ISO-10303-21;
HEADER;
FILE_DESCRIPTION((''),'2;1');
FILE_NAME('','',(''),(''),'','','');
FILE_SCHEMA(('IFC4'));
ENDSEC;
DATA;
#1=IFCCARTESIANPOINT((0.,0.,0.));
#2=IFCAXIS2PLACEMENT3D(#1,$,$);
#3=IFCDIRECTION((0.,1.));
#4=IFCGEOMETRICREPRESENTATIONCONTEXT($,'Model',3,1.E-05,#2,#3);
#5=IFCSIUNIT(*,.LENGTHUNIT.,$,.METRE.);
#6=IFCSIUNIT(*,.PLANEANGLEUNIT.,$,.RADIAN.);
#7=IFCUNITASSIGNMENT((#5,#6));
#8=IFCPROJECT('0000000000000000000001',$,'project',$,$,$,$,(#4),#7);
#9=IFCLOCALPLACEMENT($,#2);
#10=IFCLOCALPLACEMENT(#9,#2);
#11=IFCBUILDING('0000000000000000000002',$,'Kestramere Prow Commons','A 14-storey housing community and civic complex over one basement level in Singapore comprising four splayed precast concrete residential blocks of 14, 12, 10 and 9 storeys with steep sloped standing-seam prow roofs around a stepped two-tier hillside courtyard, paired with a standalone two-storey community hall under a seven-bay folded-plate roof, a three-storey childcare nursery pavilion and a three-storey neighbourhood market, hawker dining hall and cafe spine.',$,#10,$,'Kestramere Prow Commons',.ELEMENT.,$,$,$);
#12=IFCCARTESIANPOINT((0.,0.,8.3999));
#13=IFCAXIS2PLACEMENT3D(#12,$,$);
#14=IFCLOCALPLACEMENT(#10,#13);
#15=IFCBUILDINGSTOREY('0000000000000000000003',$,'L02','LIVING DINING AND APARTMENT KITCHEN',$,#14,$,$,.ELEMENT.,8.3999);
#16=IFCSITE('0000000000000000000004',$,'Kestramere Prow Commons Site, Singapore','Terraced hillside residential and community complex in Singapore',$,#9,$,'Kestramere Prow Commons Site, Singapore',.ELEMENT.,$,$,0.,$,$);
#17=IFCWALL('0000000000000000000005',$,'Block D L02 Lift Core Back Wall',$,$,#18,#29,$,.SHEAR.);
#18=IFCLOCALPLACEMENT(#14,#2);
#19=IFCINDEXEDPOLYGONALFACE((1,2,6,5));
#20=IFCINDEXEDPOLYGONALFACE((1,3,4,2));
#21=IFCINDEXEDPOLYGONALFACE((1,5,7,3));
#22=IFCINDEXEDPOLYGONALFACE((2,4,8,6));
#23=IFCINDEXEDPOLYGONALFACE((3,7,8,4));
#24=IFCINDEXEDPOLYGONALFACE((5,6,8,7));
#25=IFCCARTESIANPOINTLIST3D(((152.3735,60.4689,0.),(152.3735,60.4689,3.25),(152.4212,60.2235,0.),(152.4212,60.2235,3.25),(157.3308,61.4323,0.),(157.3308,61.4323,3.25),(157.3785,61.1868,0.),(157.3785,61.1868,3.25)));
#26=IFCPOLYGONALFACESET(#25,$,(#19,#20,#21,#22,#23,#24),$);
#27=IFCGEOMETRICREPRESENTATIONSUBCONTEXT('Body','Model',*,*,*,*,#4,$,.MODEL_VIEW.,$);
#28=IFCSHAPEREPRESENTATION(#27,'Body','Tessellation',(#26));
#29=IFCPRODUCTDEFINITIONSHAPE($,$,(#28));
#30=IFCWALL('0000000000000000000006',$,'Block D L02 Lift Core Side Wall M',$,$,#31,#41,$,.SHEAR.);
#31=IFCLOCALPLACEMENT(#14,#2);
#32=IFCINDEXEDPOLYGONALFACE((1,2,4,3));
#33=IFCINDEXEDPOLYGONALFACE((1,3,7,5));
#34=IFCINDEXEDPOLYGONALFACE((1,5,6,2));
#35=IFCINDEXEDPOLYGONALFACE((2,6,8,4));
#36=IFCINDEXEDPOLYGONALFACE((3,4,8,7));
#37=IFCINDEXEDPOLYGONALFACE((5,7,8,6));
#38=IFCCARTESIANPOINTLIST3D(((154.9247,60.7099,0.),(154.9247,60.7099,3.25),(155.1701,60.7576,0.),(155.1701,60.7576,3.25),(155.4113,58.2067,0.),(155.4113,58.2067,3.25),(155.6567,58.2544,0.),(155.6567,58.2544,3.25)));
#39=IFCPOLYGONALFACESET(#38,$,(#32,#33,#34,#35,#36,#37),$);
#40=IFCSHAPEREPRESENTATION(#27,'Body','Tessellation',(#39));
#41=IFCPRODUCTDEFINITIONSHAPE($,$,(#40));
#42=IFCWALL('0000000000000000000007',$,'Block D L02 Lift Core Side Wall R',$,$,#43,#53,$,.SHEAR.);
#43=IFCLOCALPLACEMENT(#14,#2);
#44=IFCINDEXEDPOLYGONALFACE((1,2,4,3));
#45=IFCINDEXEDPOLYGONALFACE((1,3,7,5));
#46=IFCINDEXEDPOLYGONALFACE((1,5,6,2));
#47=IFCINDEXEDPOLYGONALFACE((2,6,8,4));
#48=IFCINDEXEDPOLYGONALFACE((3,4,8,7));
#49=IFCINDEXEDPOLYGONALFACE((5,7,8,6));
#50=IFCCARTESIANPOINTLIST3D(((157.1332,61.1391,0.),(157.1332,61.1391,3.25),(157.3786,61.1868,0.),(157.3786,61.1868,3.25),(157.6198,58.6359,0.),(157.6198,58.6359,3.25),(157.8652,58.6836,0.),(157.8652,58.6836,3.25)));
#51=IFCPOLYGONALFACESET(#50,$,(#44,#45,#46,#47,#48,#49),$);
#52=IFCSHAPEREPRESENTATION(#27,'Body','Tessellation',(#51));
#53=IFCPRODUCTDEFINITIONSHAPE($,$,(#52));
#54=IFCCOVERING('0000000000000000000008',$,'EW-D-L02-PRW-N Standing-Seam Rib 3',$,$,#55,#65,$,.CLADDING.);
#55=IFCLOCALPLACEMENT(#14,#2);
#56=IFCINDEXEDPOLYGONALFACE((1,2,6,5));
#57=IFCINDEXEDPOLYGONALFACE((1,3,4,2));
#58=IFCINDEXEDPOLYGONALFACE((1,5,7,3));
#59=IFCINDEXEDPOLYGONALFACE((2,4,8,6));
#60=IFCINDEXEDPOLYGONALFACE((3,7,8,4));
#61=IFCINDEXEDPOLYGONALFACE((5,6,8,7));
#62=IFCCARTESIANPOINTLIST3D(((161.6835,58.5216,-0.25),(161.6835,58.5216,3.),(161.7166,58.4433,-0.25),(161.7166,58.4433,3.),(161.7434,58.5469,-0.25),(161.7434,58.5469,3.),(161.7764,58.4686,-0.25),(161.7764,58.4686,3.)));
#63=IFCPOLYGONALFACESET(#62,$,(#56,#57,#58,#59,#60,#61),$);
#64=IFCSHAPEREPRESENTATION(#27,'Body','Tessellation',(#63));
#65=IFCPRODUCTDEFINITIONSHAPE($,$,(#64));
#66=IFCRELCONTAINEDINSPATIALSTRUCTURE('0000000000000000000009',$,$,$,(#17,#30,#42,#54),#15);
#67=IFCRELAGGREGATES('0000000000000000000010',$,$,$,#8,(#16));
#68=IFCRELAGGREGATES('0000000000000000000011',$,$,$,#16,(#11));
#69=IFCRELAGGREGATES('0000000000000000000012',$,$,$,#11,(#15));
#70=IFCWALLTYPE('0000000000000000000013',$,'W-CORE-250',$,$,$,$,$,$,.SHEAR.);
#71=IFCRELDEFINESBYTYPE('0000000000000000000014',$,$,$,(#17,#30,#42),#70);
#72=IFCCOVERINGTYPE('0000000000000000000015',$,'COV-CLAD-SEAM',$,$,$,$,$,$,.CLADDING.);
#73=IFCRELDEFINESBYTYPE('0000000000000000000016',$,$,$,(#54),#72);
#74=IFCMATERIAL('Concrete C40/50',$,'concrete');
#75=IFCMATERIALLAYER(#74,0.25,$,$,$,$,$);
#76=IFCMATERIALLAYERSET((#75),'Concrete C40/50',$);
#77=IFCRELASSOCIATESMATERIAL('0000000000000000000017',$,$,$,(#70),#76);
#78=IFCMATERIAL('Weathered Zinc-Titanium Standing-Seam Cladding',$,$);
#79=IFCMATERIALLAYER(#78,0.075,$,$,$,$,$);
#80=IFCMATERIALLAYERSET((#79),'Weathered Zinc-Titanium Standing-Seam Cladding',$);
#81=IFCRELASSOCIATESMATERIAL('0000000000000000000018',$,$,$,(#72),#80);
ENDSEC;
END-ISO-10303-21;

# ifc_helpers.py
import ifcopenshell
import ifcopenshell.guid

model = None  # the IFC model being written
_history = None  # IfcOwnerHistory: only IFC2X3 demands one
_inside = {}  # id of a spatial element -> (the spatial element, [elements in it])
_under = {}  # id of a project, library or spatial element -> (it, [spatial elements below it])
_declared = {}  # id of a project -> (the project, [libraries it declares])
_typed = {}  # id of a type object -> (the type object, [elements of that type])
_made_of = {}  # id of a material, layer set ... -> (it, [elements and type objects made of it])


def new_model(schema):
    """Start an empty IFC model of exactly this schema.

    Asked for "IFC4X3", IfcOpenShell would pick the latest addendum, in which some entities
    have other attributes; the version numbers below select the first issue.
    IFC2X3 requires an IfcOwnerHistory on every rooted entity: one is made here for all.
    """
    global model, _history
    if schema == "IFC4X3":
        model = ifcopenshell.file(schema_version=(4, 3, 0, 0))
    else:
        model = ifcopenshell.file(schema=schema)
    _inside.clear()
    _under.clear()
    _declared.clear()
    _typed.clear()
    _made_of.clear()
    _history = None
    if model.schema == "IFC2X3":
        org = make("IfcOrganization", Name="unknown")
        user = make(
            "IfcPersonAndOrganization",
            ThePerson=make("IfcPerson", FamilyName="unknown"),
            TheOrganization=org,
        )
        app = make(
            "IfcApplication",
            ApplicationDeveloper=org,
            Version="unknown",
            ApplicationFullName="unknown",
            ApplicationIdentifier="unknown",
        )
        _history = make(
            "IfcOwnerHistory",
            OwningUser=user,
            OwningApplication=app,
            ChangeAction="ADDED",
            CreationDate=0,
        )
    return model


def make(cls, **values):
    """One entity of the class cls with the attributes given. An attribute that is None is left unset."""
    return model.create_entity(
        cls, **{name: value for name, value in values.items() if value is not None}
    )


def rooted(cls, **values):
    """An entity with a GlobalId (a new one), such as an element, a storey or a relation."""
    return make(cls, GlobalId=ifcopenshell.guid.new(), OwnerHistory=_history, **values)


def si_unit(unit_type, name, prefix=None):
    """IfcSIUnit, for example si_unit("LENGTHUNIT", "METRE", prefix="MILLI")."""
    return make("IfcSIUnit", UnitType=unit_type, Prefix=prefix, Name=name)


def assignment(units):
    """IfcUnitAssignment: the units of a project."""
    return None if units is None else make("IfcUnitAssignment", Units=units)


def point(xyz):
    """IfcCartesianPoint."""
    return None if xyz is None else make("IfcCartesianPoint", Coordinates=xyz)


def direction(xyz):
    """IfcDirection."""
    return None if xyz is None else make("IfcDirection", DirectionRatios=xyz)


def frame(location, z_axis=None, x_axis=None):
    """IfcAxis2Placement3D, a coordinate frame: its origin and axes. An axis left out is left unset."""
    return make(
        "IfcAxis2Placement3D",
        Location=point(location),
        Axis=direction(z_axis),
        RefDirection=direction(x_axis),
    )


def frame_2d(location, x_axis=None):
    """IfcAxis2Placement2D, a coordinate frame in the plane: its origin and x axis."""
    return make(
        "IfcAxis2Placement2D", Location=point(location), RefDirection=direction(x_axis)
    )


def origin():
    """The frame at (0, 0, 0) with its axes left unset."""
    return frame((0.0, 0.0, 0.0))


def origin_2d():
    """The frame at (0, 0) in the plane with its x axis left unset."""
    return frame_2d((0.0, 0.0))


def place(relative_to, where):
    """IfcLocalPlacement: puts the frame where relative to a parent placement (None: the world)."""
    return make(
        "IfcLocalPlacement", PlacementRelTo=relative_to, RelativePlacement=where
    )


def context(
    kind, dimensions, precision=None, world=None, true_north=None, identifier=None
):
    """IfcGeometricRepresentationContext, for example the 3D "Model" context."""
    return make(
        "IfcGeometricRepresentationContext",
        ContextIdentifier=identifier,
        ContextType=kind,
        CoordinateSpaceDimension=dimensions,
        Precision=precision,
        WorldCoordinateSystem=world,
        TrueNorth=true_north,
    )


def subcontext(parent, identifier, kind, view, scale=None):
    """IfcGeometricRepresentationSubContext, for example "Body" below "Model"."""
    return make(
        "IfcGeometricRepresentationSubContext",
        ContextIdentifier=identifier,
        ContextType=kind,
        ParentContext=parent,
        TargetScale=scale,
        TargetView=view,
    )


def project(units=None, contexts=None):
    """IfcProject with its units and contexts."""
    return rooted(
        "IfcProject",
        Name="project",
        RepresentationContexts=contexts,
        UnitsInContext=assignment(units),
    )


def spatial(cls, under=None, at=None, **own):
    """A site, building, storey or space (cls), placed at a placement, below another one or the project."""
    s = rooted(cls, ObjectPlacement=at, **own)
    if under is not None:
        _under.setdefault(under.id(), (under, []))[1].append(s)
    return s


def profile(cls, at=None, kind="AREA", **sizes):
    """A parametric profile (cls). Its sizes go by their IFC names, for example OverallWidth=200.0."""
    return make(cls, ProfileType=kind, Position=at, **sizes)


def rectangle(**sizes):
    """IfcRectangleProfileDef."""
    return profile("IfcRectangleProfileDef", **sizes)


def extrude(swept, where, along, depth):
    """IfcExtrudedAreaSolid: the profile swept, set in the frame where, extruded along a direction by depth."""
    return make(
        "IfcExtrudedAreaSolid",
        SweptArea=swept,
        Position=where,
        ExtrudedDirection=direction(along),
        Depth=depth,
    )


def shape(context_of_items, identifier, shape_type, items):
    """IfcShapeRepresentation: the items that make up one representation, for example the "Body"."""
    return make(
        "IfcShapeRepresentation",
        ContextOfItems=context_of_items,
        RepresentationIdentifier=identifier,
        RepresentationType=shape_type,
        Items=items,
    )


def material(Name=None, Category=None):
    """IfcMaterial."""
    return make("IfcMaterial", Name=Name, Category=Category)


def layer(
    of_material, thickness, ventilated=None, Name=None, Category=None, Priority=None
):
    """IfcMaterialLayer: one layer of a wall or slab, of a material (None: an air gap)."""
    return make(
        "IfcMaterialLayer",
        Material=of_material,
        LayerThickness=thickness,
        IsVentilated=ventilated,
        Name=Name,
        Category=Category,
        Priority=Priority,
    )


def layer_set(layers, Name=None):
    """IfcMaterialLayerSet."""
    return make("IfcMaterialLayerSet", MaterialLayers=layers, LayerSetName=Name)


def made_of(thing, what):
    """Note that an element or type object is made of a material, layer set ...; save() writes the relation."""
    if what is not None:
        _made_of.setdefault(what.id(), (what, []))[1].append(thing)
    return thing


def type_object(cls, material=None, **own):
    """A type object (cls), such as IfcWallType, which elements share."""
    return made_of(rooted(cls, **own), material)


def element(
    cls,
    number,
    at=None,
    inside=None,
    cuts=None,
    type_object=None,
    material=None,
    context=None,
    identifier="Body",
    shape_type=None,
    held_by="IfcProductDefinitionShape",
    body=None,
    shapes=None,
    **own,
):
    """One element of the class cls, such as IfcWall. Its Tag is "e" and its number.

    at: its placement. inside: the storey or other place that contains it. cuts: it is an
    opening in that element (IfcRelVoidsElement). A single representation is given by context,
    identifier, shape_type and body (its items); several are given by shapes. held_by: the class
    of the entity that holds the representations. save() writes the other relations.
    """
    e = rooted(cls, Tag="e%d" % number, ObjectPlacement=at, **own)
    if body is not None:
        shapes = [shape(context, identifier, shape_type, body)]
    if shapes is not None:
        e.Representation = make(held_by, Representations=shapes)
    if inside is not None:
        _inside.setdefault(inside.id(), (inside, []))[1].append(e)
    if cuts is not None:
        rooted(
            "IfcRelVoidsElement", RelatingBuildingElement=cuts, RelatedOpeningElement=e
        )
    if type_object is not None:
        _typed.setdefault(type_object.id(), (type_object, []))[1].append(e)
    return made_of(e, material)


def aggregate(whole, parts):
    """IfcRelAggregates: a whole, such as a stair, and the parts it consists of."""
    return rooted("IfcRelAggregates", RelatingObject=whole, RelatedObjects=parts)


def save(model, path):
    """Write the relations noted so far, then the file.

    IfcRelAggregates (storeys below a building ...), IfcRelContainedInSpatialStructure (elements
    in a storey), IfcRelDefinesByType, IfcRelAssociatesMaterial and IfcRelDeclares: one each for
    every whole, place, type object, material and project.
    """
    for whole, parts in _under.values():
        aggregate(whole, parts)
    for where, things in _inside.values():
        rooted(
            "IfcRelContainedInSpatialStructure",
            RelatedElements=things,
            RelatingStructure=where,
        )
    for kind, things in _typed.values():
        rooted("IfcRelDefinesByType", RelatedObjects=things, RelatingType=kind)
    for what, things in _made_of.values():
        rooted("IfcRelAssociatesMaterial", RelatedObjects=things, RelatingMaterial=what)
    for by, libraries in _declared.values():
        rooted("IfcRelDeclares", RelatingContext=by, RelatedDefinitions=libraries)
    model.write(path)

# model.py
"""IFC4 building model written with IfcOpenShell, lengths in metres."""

from ifc_helpers import new_model, si_unit, direction, frame, frame_2d, origin, origin_2d, place, context, subcontext, project, spatial, rectangle, extrude, material, layer, layer_set, type_object, element, save


model = new_model("IFC4")

# Units and contexts
model_context = context("Model", 3, precision=1e-05, world=origin(), true_north=direction((0.0, 1.0)))
body_context = subcontext(model_context, "Body", "Model", "MODEL_VIEW")
ifc_project = project(units=[si_unit("LENGTHUNIT", "METRE"), si_unit("PLANEANGLEUNIT", "RADIAN")], contexts=[model_context])

# Site, building, storey
site_placement = place(None, origin())
site = spatial("IfcSite", under=ifc_project, at=site_placement, Name="Kestramere Prow Commons Site, Singapore", Description="Terraced hillside residential and community complex in Singapore", LongName="Kestramere Prow Commons Site, Singapore", CompositionType="ELEMENT", RefElevation=0.0)
building_placement = place(site_placement, origin())
building = spatial("IfcBuilding", under=site, at=building_placement, Name="Kestramere Prow Commons", Description="A 14-storey housing community and civic complex over one basement level in Singapore comprising four splayed precast concrete residential blocks of 14, 12, 10 and 9 storeys with steep sloped standing-seam prow roofs around a stepped two-tier hillside courtyard, paired with a standalone two-storey community hall under a seven-bay folded-plate roof, a three-storey childcare nursery pavilion and a three-storey neighbourhood market, hawker dining hall and cafe spine.", LongName="Kestramere Prow Commons", CompositionType="ELEMENT")
storey_placement = place(building_placement, frame((0.0, 0.0, 8.3999)))
storey = spatial("IfcBuildingStorey", under=building, at=storey_placement, Name="L02", Description="LIVING DINING AND APARTMENT KITCHEN", CompositionType="ELEMENT", Elevation=8.3999)

# Wall
ifc_material_1 = material(Name="Concrete C40/50", Category="concrete")
ifc_layer_1 = layer(ifc_material_1, 0.25)
ifc_layer_set_1 = layer_set([ifc_layer_1], Name="Concrete C40/50")
wall_type = type_object("IfcWallType", Name="W-CORE-250", PredefinedType="SHEAR", material=ifc_layer_set_1)
wall_1_placement = place(storey_placement, frame((152.3975, 60.3462, 0.0), z_axis=(0.0, 0.0, 1.0), x_axis=(0.981635, 0.190767, 0.0)))
element("IfcWall", 1, at=wall_1_placement, inside=storey, type_object=wall_type, Name="Block D L02 Lift Core Back Wall", PredefinedType="SHEAR", context=body_context, shape_type="SweptSolid", body=[
    extrude(rectangle(XDim=5.05, YDim=0.25, at=frame_2d((2.5249, 0.0))), origin(), (0.0, 0.0, 1.0), 3.25),
])

# Walls
for number, where, z_axis, x_axis, name in (
    (2, (155.5339, 58.2307, 0.0), (0.0, 0.0, 1.0), (-0.190811, 0.981627, 0.0), "Block D L02 Lift Core Side Wall M"),
    (3, (157.7424, 58.6599, 0.0), (0.0, 0.0, 1.0), (-0.190811, 0.981627, 0.0), "Block D L02 Lift Core Side Wall R"),
):
    element("IfcWall", number, at=place(storey_placement, frame(where, z_axis=z_axis, x_axis=x_axis)), inside=storey, type_object=wall_type, Name=name, PredefinedType="SHEAR", context=body_context, shape_type="SweptSolid", body=[
        extrude(rectangle(XDim=2.55, YDim=0.25, at=frame_2d((1.2749, 0.0))), origin(), (0.0, 0.0, 1.0), 3.25),
    ])

# Covering
ifc_material_2 = material(Name="Weathered Zinc-Titanium Standing-Seam Cladding")
ifc_layer_2 = layer(ifc_material_2, 0.075)
ifc_layer_set_2 = layer_set([ifc_layer_2], Name="Weathered Zinc-Titanium Standing-Seam Cladding")
covering_type = type_object("IfcCoveringType", Name="COV-CLAD-SEAM", PredefinedType="CLADDING", material=ifc_layer_set_2)
covering_placement = place(storey_placement, frame((161.73, 58.4951, -0.25), z_axis=(0.0, 0.0, 1.0), x_axis=(0.38922, -0.921145, 0.0)))
element("IfcCovering", 4, at=covering_placement, inside=storey, type_object=covering_type, Name="EW-D-L02-PRW-N Standing-Seam Rib 3", PredefinedType="CLADDING", context=body_context, shape_type="SweptSolid", body=[
    extrude(rectangle(XDim=0.085, YDim=0.0649, at=origin_2d()), origin(), (0.0, 0.0, 1.0), 3.25),
])

save(model, "model.ifc")
